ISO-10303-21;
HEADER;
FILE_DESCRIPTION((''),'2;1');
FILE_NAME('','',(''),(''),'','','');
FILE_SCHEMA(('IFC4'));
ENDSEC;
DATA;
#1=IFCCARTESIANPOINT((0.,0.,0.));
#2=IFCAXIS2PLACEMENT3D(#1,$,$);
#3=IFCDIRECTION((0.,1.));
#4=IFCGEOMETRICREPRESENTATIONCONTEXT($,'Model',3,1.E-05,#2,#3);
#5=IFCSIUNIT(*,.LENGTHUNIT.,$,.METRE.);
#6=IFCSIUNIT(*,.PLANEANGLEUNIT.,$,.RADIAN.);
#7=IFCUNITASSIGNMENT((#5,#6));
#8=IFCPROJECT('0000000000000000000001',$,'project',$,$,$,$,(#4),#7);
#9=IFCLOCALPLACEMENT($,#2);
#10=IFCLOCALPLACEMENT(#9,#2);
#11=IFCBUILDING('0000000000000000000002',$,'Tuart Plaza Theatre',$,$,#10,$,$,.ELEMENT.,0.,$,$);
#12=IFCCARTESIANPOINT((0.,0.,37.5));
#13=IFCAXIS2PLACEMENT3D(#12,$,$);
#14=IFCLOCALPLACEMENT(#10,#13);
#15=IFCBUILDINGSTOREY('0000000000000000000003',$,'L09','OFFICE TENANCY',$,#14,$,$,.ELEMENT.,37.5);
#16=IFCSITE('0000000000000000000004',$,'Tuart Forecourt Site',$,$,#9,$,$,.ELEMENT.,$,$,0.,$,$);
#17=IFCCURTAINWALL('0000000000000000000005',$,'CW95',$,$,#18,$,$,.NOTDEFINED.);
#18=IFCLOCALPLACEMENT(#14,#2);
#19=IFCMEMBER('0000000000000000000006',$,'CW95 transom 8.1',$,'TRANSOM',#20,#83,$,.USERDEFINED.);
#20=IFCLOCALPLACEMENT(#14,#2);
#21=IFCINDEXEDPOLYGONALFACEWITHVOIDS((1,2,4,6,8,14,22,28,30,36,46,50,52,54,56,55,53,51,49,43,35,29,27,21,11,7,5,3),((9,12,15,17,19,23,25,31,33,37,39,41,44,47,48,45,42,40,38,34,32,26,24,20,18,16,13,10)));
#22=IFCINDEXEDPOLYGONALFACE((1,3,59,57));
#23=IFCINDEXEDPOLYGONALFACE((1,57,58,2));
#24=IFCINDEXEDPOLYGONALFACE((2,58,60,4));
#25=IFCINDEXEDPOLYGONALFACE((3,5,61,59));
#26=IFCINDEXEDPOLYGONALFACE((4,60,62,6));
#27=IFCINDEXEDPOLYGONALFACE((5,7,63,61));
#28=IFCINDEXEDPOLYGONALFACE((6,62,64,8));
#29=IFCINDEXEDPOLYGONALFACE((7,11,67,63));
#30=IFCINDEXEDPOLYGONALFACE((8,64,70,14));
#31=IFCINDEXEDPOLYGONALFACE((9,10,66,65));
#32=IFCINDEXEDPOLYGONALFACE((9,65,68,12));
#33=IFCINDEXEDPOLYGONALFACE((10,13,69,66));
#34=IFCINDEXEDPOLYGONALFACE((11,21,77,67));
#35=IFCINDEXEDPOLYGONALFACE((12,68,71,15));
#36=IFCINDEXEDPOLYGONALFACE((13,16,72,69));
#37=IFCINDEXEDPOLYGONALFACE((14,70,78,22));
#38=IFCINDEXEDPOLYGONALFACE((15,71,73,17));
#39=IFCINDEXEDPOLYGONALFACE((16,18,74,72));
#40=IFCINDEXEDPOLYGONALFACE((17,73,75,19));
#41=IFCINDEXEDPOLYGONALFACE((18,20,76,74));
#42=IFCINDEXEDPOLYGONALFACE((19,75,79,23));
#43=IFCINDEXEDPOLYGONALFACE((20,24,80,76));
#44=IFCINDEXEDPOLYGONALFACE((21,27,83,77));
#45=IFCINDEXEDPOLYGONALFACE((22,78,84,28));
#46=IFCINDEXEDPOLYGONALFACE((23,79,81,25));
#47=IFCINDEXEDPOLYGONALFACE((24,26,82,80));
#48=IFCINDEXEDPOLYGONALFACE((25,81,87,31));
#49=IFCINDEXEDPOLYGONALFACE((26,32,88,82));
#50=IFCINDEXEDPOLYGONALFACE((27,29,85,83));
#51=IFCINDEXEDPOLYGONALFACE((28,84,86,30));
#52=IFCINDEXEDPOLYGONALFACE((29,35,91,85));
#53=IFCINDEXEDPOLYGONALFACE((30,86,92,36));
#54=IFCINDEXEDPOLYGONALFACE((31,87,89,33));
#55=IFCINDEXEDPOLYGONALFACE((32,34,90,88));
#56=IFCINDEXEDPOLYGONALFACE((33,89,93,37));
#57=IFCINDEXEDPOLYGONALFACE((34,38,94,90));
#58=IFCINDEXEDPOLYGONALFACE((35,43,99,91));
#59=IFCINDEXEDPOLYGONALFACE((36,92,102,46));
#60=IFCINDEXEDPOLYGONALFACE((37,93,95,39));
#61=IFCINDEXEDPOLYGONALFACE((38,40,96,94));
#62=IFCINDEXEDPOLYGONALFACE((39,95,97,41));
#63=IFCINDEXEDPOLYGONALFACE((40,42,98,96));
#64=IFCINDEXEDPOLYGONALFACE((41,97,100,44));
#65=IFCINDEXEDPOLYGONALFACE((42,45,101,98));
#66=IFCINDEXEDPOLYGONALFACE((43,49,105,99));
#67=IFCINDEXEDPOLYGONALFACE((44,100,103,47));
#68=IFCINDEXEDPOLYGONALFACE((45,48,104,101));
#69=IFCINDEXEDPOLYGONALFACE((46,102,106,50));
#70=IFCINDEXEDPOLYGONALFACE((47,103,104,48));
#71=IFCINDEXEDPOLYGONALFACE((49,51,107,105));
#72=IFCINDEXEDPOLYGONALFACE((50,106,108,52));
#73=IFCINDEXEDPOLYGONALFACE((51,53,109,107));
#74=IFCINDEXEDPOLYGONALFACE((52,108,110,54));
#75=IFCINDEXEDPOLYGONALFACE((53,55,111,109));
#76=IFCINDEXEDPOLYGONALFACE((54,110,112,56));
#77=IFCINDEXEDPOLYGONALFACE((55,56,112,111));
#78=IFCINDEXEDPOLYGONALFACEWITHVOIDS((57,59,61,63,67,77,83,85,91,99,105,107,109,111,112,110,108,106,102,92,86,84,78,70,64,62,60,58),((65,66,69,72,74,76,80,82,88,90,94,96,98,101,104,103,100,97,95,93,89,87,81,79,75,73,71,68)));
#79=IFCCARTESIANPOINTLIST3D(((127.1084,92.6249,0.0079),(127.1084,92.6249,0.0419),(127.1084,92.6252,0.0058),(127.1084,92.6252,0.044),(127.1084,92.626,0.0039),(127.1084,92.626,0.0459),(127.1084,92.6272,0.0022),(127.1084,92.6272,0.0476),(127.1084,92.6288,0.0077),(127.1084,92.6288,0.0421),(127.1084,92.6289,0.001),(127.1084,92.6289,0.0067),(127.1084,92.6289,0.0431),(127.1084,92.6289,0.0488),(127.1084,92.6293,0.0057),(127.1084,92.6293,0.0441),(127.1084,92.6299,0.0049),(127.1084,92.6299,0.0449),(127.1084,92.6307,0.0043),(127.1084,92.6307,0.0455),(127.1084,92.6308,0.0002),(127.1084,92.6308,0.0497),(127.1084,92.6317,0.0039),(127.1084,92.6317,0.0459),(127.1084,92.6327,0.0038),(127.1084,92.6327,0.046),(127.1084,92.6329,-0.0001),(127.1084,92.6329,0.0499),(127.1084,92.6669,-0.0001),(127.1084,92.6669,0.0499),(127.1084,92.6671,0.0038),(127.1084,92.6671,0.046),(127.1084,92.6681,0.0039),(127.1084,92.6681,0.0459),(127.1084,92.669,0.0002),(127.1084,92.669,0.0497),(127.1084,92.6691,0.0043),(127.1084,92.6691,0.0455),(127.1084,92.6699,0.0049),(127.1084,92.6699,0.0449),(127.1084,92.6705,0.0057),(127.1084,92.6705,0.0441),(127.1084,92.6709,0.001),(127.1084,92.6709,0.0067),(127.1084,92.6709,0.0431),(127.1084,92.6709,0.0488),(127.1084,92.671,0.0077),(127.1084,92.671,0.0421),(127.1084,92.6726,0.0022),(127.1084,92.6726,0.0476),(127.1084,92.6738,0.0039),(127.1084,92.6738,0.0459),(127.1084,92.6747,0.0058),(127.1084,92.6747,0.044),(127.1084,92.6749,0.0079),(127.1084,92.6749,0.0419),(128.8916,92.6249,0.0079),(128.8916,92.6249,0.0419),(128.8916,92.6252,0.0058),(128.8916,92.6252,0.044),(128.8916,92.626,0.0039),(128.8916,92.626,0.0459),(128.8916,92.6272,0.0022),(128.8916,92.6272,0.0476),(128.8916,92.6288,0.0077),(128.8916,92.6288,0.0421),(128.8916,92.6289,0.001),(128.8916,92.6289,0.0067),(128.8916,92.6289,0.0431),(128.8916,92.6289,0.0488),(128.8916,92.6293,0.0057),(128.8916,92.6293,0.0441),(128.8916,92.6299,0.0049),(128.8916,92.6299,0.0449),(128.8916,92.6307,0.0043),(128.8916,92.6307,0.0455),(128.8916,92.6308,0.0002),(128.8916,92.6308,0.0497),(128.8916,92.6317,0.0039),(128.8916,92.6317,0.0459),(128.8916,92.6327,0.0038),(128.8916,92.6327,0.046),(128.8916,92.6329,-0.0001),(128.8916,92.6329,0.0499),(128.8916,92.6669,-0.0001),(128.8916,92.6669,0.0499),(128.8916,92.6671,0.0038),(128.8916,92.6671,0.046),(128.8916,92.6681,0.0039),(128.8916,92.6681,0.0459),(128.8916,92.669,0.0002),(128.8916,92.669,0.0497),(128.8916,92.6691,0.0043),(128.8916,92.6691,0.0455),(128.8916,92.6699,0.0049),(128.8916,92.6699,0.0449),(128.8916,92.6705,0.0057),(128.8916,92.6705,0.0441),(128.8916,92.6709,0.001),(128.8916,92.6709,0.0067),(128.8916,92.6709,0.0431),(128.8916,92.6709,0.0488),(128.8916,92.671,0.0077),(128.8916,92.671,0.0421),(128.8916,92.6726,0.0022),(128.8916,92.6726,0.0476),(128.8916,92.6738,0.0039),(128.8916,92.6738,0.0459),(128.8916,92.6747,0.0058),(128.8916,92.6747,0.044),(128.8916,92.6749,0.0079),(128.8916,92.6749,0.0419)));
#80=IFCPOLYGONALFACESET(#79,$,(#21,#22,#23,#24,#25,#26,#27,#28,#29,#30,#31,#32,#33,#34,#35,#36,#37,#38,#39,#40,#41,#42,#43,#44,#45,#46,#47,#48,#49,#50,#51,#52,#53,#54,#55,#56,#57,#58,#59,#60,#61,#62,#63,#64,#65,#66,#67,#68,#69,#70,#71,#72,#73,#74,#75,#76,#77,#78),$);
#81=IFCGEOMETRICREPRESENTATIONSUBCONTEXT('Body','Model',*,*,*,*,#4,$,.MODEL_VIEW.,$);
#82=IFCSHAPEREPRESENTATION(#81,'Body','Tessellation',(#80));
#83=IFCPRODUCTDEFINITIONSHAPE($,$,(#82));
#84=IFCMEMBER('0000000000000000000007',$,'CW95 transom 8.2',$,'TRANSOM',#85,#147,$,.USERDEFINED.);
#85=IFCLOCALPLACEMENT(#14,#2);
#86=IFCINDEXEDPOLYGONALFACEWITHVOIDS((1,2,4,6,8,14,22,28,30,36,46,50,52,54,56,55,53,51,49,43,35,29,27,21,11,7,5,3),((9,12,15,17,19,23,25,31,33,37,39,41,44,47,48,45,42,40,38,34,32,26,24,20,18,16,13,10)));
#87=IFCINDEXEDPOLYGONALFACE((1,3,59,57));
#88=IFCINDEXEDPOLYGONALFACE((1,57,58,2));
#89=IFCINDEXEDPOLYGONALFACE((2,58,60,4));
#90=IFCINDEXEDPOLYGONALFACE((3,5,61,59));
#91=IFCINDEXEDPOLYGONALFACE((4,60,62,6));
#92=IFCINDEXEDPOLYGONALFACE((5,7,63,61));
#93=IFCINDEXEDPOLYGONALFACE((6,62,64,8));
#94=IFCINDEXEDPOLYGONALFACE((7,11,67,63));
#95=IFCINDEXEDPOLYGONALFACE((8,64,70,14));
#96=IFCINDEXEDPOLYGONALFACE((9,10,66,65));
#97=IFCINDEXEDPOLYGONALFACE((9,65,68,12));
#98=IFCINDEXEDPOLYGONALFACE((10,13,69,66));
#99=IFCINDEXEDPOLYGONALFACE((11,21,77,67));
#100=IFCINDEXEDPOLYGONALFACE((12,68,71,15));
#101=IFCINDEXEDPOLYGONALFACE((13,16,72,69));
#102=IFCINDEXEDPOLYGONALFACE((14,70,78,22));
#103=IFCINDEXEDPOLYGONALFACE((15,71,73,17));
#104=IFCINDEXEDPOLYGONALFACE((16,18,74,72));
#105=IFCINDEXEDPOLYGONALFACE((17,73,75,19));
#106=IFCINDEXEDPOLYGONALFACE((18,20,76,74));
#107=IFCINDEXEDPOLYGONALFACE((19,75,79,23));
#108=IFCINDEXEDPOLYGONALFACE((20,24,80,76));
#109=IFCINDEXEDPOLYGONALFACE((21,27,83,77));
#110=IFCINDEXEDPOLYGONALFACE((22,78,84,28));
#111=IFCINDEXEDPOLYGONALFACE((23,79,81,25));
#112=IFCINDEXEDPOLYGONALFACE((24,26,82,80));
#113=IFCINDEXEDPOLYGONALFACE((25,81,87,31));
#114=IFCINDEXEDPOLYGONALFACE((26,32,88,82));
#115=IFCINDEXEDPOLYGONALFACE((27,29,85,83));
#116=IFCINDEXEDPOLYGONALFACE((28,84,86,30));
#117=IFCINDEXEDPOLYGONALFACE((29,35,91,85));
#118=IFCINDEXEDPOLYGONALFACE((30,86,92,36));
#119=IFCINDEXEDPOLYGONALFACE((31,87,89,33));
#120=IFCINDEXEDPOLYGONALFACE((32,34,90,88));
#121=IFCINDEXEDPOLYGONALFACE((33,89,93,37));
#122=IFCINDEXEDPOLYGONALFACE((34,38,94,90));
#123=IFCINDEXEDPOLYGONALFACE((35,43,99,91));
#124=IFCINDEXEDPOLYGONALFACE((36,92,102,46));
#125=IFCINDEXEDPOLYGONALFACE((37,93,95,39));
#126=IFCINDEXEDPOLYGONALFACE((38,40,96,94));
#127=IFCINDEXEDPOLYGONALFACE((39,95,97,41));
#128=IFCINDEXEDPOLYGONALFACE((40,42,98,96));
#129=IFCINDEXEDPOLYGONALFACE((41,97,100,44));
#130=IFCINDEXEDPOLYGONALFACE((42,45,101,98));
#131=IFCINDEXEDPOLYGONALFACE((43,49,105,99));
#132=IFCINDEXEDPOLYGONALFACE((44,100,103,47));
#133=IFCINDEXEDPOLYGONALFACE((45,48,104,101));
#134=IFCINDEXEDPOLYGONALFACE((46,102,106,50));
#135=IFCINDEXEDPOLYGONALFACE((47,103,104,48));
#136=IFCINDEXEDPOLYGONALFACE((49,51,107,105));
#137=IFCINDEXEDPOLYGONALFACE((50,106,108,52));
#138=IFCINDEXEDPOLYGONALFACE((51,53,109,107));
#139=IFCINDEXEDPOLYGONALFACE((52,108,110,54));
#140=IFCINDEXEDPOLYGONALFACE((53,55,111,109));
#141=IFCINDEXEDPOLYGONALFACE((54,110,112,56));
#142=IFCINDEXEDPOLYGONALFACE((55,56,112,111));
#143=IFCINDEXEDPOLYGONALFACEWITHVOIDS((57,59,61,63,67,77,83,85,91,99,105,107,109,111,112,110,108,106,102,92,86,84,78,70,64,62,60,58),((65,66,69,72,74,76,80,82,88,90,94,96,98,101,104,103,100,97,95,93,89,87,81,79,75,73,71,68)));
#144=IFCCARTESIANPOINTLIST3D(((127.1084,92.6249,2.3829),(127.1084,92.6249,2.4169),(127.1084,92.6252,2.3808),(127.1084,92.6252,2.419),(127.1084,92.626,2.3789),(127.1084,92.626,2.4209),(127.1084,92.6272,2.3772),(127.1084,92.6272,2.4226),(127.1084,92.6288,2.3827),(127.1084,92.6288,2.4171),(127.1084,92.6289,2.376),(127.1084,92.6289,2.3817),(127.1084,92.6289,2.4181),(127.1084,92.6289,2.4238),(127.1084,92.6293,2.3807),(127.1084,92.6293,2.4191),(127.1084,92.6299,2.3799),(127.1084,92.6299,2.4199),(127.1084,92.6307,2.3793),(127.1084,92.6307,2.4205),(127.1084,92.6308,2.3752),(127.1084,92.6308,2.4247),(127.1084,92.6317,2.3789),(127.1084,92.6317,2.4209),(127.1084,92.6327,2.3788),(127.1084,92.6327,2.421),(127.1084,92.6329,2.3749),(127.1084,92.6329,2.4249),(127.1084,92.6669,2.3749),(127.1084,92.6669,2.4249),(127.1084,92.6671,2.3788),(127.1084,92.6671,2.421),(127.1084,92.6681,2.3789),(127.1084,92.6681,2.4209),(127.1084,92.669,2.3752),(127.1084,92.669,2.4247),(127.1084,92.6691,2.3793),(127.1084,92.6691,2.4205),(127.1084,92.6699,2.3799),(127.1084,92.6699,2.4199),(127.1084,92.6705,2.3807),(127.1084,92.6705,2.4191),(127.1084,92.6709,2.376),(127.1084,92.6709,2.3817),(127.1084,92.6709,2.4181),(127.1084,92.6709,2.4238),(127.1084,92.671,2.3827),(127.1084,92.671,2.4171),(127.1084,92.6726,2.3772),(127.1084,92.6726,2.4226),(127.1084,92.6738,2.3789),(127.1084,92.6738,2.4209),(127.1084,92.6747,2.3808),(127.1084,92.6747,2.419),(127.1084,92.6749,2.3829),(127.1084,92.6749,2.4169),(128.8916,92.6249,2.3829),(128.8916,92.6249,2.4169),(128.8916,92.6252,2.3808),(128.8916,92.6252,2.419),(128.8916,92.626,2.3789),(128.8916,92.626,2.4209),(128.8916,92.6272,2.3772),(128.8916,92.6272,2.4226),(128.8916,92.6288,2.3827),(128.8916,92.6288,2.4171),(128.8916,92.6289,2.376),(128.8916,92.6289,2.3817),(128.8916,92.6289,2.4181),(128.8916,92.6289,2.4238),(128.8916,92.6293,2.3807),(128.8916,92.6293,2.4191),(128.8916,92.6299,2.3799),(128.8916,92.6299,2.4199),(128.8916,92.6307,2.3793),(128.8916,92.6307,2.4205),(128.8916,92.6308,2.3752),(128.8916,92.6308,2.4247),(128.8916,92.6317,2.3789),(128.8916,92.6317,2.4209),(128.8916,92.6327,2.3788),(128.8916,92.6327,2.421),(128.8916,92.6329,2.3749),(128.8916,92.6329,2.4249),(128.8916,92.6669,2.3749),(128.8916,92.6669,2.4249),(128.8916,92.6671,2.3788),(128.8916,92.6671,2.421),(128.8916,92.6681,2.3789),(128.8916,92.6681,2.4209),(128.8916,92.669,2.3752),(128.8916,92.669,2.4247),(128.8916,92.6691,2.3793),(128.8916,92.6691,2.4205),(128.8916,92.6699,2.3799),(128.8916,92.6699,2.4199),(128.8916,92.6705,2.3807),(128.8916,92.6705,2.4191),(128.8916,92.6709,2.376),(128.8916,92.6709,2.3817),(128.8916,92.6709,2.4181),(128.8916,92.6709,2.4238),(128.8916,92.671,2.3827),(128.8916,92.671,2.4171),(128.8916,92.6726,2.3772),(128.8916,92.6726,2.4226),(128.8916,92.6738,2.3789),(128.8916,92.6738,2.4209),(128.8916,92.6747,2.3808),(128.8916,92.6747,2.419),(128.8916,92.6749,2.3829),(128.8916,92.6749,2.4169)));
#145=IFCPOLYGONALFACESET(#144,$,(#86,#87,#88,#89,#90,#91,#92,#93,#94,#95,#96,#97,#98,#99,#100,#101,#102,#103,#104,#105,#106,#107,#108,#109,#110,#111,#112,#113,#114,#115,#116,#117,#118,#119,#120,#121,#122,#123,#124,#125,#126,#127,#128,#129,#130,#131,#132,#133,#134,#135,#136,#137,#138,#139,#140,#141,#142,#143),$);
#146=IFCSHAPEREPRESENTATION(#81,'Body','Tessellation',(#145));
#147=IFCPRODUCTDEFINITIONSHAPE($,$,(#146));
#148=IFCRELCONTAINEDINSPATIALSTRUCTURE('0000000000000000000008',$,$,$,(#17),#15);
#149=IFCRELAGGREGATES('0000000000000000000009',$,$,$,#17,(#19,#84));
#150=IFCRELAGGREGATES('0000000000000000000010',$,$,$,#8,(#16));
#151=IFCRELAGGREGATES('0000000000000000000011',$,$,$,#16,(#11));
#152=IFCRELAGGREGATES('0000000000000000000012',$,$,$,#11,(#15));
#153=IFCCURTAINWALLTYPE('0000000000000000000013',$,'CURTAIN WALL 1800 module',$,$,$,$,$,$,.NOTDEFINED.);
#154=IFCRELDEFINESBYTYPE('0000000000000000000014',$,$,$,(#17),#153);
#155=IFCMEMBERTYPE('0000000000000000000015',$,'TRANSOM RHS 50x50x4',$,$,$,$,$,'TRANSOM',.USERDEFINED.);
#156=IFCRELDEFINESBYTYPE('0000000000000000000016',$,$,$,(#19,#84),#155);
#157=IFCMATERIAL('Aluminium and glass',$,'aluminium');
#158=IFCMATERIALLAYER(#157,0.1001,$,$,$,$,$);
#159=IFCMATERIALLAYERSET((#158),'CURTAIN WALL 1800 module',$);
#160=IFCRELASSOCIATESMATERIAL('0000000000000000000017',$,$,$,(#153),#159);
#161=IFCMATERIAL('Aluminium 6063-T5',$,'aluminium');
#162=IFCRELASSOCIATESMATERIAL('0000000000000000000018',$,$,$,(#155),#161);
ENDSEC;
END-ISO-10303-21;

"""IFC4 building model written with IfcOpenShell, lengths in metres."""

from ifc_helpers import new_model, si_unit, direction, frame, origin, origin_2d, place, context, subcontext, project, spatial, hollow_rectangle, extrude, material, layer, layer_set, material_profile, profile_set, type_object, element, aggregate, save


model = new_model("IFC4")

# Units and contexts
model_context = context("Model", 3, precision=1e-05, world=origin(), true_north=direction((0.0, 1.0)))
body_context = subcontext(model_context, "Body", "Model", "MODEL_VIEW")
ifc_project = project(units=[si_unit("LENGTHUNIT", "METRE"), si_unit("PLANEANGLEUNIT", "RADIAN")], contexts=[model_context])

# Site, building, storey
site_placement = place(None, origin())
site = spatial("IfcSite", under=ifc_project, at=site_placement, Name="Tuart Forecourt Site", CompositionType="ELEMENT", RefElevation=0.0)
building_placement = place(site_placement, origin())
building = spatial("IfcBuilding", under=site, at=building_placement, Name="Tuart Plaza Theatre", CompositionType="ELEMENT", ElevationOfRefHeight=0.0)
storey_placement = place(building_placement, frame((0.0, 0.0, 37.5)))
storey = spatial("IfcBuildingStorey", under=building, at=storey_placement, Name="L09", Description="OFFICE TENANCY", CompositionType="ELEMENT", Elevation=37.5)

# Curtain wall, members
ifc_material_1 = material(Name="Aluminium and glass", Category="aluminium")
ifc_layer_1 = layer(ifc_material_1, 0.1001)
ifc_layer_set_1 = layer_set([ifc_layer_1], Name="CURTAIN WALL 1800 module")
curtain_wall_type = type_object("IfcCurtainWallType", Name="CURTAIN WALL 1800 module", PredefinedType="NOTDEFINED", material=ifc_layer_set_1)
curtain_wall_placement = place(storey_placement, origin())
curtain_wall = element("IfcCurtainWall", 1, at=curtain_wall_placement, inside=storey, type_object=curtain_wall_type, Name="CW95", PredefinedType="NOTDEFINED")
ifc_material_2 = material(Name="Aluminium 6063-T5", Category="aluminium")
ifc_material_profile_1 = material_profile(ifc_material_2, hollow_rectangle(XDim=0.05, YDim=0.05, WallThickness=0.0039, InnerFilletRadius=0.0039, OuterFilletRadius=0.0081, at=origin_2d()), Name="RHS 50x50x4")
ifc_profile_set_1 = profile_set([ifc_material_profile_1], Name="Aluminium 6063-T5")
member_type_1 = type_object("IfcMemberType", Name="TRANSOM RHS 50x50x4", ElementType="TRANSOM", PredefinedType="USERDEFINED", material=ifc_profile_set_1)
member_1_placement = place(storey_placement, frame((128.8916, 92.6499, 0.0249), z_axis=(-1.0, 0.0, 0.0), x_axis=(0.0, -1.0, 0.0)))
member_1 = element("IfcMember", 2, at=member_1_placement, type_object=member_type_1, Name="CW95 transom 8.1", ObjectType="TRANSOM", PredefinedType="USERDEFINED", context=body_context, shape_type="SweptSolid", body=[
    extrude(hollow_rectangle(XDim=0.05, YDim=0.05, WallThickness=0.0039, InnerFilletRadius=0.0039, OuterFilletRadius=0.0081, at=origin_2d()), origin(), (0.0, 0.0, 1.0), 1.7832),
])
member_2_placement = place(storey_placement, frame((128.8916, 92.6499, 2.3999), z_axis=(-1.0, 0.0, 0.0), x_axis=(0.0, -1.0, 0.0)))
member_2 = element("IfcMember", 3, at=member_2_placement, type_object=member_type_1, Name="CW95 transom 8.2", ObjectType="TRANSOM", PredefinedType="USERDEFINED", context=body_context, shape_type="SweptSolid", body=[
    extrude(hollow_rectangle(XDim=0.05, YDim=0.05, WallThickness=0.0039, InnerFilletRadius=0.0039, OuterFilletRadius=0.0081, at=origin_2d()), origin(), (0.0, 0.0, 1.0), 1.7832),
])
aggregate(curtain_wall, [member_1, member_2])

save(model, "model.ifc")
